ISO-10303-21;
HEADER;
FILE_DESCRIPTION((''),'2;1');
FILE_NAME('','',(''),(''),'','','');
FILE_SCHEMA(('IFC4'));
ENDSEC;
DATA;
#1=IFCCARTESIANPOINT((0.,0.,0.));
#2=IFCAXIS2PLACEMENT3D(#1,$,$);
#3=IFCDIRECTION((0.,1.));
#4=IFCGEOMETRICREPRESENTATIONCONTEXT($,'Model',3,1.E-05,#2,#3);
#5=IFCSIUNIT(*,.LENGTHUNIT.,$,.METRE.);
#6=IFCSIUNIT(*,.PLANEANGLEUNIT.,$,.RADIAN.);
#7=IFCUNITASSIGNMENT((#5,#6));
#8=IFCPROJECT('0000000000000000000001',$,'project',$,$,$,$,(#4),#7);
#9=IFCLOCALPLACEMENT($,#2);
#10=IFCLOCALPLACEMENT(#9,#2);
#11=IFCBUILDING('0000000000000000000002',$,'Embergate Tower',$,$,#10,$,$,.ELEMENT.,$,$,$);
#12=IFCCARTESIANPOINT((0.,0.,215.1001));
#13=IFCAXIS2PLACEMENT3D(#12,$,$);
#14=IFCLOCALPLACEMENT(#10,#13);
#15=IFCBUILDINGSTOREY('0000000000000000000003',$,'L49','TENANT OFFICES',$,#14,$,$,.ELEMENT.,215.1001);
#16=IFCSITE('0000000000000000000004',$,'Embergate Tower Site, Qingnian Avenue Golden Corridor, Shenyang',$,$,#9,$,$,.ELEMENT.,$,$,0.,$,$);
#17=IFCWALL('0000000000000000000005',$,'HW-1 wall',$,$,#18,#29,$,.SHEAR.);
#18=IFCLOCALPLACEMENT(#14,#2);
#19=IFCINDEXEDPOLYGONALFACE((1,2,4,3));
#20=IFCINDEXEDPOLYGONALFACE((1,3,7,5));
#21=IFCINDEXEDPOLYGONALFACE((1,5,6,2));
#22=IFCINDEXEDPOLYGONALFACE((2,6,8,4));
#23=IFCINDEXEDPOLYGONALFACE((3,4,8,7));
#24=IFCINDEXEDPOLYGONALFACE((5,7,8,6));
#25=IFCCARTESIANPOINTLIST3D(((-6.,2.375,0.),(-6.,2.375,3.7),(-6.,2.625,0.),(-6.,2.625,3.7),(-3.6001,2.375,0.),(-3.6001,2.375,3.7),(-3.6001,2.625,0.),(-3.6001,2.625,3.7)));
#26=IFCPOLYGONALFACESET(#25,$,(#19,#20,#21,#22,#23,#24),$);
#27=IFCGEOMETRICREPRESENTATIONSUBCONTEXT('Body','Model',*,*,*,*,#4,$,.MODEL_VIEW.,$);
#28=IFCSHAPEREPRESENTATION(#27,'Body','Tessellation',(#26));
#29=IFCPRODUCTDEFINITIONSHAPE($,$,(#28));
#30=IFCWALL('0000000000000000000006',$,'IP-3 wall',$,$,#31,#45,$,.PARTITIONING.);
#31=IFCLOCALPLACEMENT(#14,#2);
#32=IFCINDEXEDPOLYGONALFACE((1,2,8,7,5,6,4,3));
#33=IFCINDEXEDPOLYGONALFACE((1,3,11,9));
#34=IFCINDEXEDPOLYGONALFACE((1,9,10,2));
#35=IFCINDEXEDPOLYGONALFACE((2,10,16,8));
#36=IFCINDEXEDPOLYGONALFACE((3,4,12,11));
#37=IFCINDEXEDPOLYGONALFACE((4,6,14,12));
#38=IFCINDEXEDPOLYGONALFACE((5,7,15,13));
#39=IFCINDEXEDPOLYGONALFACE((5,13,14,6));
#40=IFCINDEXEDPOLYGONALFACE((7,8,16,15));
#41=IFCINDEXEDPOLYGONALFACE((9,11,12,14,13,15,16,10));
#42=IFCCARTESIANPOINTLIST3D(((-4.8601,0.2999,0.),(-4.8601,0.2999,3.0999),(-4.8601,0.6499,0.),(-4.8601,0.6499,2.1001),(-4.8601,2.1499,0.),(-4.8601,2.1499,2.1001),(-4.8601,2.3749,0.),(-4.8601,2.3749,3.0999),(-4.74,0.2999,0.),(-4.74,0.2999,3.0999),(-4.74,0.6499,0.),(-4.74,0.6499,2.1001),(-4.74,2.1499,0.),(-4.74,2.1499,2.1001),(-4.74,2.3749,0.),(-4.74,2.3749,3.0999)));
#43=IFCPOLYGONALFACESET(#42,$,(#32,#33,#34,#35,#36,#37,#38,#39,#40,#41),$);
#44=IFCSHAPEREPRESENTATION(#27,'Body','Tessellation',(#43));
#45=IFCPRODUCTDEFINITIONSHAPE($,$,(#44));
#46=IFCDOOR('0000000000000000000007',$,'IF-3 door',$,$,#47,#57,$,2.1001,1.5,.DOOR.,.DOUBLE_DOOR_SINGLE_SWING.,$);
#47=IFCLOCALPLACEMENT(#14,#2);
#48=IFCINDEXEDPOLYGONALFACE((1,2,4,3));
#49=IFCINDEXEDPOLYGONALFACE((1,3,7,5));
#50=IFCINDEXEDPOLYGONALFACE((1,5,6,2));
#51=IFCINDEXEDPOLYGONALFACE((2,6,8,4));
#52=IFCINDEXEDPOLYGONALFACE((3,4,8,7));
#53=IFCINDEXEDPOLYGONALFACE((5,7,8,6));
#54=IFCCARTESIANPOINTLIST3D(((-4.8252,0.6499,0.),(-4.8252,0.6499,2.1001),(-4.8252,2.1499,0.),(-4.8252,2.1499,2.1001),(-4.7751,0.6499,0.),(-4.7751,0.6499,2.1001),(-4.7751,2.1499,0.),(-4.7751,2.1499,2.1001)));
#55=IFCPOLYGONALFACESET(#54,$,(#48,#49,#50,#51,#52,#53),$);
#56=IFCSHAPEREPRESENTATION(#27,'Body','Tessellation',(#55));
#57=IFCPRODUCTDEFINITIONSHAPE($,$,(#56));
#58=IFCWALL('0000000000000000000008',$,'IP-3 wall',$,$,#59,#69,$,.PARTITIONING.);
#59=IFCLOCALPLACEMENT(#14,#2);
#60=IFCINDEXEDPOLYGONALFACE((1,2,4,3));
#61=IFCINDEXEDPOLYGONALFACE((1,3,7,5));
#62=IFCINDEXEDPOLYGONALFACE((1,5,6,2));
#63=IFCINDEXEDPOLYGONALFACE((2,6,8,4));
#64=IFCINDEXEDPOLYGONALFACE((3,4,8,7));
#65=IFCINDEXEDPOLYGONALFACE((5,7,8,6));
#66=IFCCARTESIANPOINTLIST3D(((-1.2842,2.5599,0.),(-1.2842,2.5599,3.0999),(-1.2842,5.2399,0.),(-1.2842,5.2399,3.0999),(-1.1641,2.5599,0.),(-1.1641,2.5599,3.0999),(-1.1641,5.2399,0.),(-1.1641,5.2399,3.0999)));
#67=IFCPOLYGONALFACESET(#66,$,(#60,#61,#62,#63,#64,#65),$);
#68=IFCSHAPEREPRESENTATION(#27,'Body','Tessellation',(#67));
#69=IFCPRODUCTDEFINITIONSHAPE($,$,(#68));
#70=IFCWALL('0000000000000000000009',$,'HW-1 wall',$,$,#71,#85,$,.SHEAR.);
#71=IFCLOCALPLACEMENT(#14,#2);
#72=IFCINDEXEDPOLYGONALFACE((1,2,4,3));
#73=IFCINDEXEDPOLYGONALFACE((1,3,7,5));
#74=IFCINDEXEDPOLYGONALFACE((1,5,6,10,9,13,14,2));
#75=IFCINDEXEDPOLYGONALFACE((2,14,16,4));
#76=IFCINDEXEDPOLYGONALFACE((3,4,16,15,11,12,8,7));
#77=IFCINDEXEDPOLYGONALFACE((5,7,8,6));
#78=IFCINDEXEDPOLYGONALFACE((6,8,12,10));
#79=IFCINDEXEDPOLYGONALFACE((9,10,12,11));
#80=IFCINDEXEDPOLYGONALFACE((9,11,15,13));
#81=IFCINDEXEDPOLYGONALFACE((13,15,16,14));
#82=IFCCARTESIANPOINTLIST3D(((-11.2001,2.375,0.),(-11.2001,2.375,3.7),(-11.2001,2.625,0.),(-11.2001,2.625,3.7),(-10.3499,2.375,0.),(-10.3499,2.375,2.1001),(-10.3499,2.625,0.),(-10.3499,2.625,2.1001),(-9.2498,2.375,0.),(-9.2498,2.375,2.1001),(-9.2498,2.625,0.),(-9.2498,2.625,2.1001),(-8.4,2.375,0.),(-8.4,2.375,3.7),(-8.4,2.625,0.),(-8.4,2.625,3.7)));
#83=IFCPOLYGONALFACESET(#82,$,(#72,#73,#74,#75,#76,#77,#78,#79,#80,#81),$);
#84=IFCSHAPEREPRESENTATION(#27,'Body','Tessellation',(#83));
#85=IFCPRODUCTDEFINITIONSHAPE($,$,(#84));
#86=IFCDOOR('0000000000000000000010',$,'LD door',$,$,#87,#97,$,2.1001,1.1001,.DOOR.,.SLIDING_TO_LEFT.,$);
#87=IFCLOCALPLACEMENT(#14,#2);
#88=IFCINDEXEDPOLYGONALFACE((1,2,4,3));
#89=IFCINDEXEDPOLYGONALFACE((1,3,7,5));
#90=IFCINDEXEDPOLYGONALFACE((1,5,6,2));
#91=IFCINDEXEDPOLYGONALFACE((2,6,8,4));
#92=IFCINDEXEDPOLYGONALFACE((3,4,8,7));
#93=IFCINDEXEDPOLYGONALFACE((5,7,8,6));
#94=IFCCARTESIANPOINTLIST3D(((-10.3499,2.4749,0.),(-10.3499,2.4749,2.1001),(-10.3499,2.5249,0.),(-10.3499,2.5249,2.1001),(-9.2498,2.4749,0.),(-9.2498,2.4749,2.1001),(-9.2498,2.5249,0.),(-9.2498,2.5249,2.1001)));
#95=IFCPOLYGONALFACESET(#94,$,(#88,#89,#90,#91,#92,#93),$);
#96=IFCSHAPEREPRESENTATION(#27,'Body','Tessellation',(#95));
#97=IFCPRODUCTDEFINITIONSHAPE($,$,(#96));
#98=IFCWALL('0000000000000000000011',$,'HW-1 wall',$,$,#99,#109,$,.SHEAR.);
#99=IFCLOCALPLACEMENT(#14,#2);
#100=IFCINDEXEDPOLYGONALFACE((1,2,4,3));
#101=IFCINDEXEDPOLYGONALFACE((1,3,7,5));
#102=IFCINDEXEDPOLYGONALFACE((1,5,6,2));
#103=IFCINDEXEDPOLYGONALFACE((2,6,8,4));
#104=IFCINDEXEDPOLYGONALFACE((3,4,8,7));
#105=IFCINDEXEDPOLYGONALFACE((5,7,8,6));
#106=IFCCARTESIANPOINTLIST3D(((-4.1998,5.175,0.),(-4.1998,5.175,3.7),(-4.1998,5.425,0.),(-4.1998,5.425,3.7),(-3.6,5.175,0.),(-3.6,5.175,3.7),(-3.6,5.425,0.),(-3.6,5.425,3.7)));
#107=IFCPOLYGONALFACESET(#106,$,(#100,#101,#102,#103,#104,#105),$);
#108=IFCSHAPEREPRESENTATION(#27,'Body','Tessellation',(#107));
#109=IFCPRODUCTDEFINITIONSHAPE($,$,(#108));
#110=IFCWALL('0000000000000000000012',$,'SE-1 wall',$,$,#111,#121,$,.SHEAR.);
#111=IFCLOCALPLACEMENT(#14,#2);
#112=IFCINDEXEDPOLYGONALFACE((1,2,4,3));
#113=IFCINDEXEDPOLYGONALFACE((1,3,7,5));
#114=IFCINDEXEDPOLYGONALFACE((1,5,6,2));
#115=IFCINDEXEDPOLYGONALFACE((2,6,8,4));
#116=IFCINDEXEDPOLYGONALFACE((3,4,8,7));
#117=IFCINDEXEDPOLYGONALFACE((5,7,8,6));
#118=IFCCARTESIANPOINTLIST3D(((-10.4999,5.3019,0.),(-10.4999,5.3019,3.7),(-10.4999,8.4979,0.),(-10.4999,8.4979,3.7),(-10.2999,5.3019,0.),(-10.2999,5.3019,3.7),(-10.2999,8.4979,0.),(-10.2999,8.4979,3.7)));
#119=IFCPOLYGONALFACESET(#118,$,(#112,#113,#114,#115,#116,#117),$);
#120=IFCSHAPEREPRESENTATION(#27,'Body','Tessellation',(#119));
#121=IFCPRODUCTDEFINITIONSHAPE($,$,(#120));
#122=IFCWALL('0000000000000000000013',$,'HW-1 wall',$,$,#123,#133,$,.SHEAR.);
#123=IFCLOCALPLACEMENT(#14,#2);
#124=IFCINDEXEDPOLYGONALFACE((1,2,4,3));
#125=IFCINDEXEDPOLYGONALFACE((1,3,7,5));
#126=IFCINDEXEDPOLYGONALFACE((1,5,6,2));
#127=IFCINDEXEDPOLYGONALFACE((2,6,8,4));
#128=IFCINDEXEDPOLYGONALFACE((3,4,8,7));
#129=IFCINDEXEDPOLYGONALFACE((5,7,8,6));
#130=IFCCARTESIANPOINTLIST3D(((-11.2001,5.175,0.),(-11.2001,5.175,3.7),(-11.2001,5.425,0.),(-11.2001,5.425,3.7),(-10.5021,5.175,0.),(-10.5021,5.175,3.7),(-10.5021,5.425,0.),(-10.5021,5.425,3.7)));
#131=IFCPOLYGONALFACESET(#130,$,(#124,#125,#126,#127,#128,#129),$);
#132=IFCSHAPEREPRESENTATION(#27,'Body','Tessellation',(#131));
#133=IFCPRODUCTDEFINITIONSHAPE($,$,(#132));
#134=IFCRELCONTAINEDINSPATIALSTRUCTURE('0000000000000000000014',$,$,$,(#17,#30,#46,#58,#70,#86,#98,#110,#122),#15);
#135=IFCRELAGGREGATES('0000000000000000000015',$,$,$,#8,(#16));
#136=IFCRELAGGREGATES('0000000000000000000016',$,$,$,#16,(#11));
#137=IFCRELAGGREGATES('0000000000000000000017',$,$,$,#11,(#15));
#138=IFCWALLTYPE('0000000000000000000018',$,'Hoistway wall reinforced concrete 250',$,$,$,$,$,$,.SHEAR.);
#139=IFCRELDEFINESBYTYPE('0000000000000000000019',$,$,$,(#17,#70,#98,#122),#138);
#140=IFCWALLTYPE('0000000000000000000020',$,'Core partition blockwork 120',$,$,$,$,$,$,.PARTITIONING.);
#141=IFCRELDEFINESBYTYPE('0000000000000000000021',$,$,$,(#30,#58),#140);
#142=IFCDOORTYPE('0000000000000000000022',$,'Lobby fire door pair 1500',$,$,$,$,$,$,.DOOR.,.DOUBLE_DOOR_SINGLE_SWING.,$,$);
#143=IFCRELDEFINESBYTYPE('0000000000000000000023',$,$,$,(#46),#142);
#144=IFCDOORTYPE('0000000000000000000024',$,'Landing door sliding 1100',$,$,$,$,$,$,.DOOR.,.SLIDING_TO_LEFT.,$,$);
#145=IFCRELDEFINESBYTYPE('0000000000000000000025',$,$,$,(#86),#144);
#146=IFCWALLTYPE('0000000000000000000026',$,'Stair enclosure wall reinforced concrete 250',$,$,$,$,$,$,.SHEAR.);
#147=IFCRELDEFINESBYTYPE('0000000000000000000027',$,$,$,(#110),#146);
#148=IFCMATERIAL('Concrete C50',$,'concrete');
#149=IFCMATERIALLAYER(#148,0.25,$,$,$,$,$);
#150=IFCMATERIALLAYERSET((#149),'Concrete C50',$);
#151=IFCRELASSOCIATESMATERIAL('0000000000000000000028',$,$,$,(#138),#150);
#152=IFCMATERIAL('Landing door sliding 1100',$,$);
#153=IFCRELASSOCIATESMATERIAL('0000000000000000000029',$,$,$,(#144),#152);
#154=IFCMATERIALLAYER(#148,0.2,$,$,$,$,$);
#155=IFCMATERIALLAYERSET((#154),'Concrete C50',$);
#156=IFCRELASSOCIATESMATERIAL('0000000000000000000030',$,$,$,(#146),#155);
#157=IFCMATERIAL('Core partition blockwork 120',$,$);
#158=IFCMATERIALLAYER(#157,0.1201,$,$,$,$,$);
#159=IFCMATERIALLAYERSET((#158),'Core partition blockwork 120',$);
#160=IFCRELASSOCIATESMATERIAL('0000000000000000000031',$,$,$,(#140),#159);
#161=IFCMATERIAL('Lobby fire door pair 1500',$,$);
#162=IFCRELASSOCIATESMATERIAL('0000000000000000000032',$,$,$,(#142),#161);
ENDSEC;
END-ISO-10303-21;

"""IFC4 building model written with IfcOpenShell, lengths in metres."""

from ifc_helpers import new_model, si_unit, direction, frame, frame_2d, origin, place, context, subcontext, project, spatial, rectangle, extrude, source, transform, mapped, material, layer, layer_set, type_object, element, fill, save


model = new_model("IFC4")

# Units and contexts
model_context = context("Model", 3, precision=1e-05, world=origin(), true_north=direction((0.0, 1.0)))
body_context = subcontext(model_context, "Body", "Model", "MODEL_VIEW")
ifc_project = project(units=[si_unit("LENGTHUNIT", "METRE"), si_unit("PLANEANGLEUNIT", "RADIAN")], contexts=[model_context])

# Site, building, storey
site_placement = place(None, origin())
site = spatial("IfcSite", under=ifc_project, at=site_placement, Name="Embergate Tower Site, Qingnian Avenue Golden Corridor, Shenyang", CompositionType="ELEMENT", RefElevation=0.0)
building_placement = place(site_placement, origin())
building = spatial("IfcBuilding", under=site, at=building_placement, Name="Embergate Tower", CompositionType="ELEMENT")
storey_placement = place(building_placement, frame((0.0, 0.0, 215.1001)))
storey = spatial("IfcBuildingStorey", under=building, at=storey_placement, Name="L49", Description="TENANT OFFICES", CompositionType="ELEMENT", Elevation=215.1001)

# Shared definitions
ifc_material_1 = material(Name="Concrete C50", Category="concrete")
ifc_layer_1 = layer(ifc_material_1, 0.25)
ifc_layer_set_1 = layer_set([ifc_layer_1], Name="Concrete C50")
wall_type_1 = type_object("IfcWallType", Name="Hoistway wall reinforced concrete 250", PredefinedType="SHEAR", material=ifc_layer_set_1)

# Shared definitions
shared_shape_1 = source(origin(), body_context, "Body", "SweptSolid", [
    extrude(rectangle(XDim=1.1001, YDim=2.1001, at=frame_2d((0.55, 1.05))), frame((0.0, 0.135, 0.0), z_axis=(0.0, -1.0, 0.0), x_axis=(1.0, 0.0, 0.0)), (0.0, 0.0, 1.0), 0.27),
])
ifc_material_2 = material(Name="Landing door sliding 1100")
door_type_1 = type_object("IfcDoorType", Name="Landing door sliding 1100", OperationType="SLIDING_TO_LEFT", PredefinedType="DOOR", material=ifc_material_2)
shared_shape_2 = source(origin(), body_context, "Body", "SweptSolid", [
    extrude(rectangle(XDim=1.1001, YDim=2.1001, at=frame_2d((0.55, 1.05))), frame((0.0, 0.0249, 0.0), z_axis=(0.0, -1.0, 0.0), x_axis=(1.0, 0.0, 0.0)), (0.0, 0.0, 1.0), 0.05),
])

# Shared definitions
ifc_layer_2 = layer(ifc_material_1, 0.2)
ifc_layer_set_2 = layer_set([ifc_layer_2], Name="Concrete C50")
wall_type_2 = type_object("IfcWallType", Name="Stair enclosure wall reinforced concrete 250", PredefinedType="SHEAR", material=ifc_layer_set_2)

# Wall
shared_shape_3 = source(origin(), body_context, "Body", "SweptSolid", [
    extrude(rectangle(XDim=2.3999, YDim=0.25, at=frame_2d((1.2, 0.0))), origin(), (0.0, 0.0, 1.0), 3.7),
])
wall_1_placement = place(storey_placement, frame((-6.0, 2.5, 0.0), z_axis=(0.0, 0.0, 1.0), x_axis=(1.0, 0.0, 0.0)))
element("IfcWall", 1, at=wall_1_placement, inside=storey, type_object=wall_type_1, Name="HW-1 wall", PredefinedType="SHEAR", context=body_context, shape_type="MappedRepresentation", body=[
    mapped(shared_shape_3, transform((0.0, 0.0, 0.0))),
])

# Wall, opening, door
ifc_material_3 = material(Name="Core partition blockwork 120")
ifc_layer_3 = layer(ifc_material_3, 0.1201)
ifc_layer_set_3 = layer_set([ifc_layer_3], Name="Core partition blockwork 120")
wall_type_3 = type_object("IfcWallType", Name="Core partition blockwork 120", PredefinedType="PARTITIONING", material=ifc_layer_set_3)
shared_shape_4 = source(origin(), body_context, "Body", "SweptSolid", [
    extrude(rectangle(XDim=2.075, YDim=0.1201, at=frame_2d((1.0376, 0.0))), origin(), (0.0, 0.0, 1.0), 3.0999),
])
wall_2_placement = place(storey_placement, frame((-4.8, 2.375, 0.0), z_axis=(0.0, 0.0, 1.0), x_axis=(0.0, -1.0, 0.0)))
wall_2 = element("IfcWall", 2, at=wall_2_placement, inside=storey, type_object=wall_type_3, Name="IP-3 wall", PredefinedType="PARTITIONING", context=body_context, shape_type="MappedRepresentation", body=[
    mapped(shared_shape_4, transform((0.0, 0.0, 0.0))),
])
shared_shape_5 = source(origin(), body_context, "Body", "SweptSolid", [
    extrude(rectangle(XDim=1.5, YDim=2.1001, at=frame_2d((0.75, 1.05))), frame((0.0, 0.0701, 0.0), z_axis=(0.0, -1.0, 0.0), x_axis=(1.0, 0.0, 0.0)), (0.0, 0.0, 1.0), 0.1401),
])
opening_1_placement = place(wall_2_placement, frame((0.2251, 0.0, 0.0)))
opening_1 = element("IfcOpeningElement", 3, at=opening_1_placement, cuts=wall_2, PredefinedType="OPENING", context=body_context, shape_type="MappedRepresentation", body=[
    mapped(shared_shape_5, transform((0.0, 0.0, 0.0))),
])
ifc_material_4 = material(Name="Lobby fire door pair 1500")
door_type_2 = type_object("IfcDoorType", Name="Lobby fire door pair 1500", OperationType="DOUBLE_DOOR_SINGLE_SWING", PredefinedType="DOOR", material=ifc_material_4)
shared_shape_6 = source(origin(), body_context, "Body", "SweptSolid", [
    extrude(rectangle(XDim=1.5, YDim=2.1001, at=frame_2d((0.75, 1.05))), frame((0.0, 0.0249, 0.0), z_axis=(0.0, -1.0, 0.0), x_axis=(1.0, 0.0, 0.0)), (0.0, 0.0, 1.0), 0.05),
])
door_1_placement = place(opening_1_placement, origin())
door_1 = element("IfcDoor", 4, at=door_1_placement, inside=storey, type_object=door_type_2, Name="IF-3 door", OperationType="DOUBLE_DOOR_SINGLE_SWING", OverallHeight=2.1001, OverallWidth=1.5, PredefinedType="DOOR", context=body_context, shape_type="MappedRepresentation", body=[
    mapped(shared_shape_6, transform((0.0, 0.0, 0.0))),
])
fill(opening_1, door_1)

# Wall
shared_shape_7 = source(origin(), body_context, "Body", "SweptSolid", [
    extrude(rectangle(XDim=2.6799, YDim=0.1201, at=frame_2d((1.3398, 0.0))), origin(), (0.0, 0.0, 1.0), 3.0999),
])
wall_3_placement = place(storey_placement, frame((-1.2241, 2.5601, 0.0), z_axis=(0.0, 0.0, 1.0), x_axis=(0.0, 1.0, 0.0)))
element("IfcWall", 5, at=wall_3_placement, inside=storey, type_object=wall_type_3, Name="IP-3 wall", PredefinedType="PARTITIONING", context=body_context, shape_type="MappedRepresentation", body=[
    mapped(shared_shape_7, transform((0.0, 0.0, 0.0))),
])

# Wall, opening, door
shared_shape_8 = source(origin(), body_context, "Body", "SweptSolid", [
    extrude(rectangle(XDim=2.8, YDim=0.25, at=frame_2d((1.3999, 0.0))), origin(), (0.0, 0.0, 1.0), 3.7),
])
wall_4_placement = place(storey_placement, frame((-11.2, 2.5, 0.0), z_axis=(0.0, 0.0, 1.0), x_axis=(1.0, 0.0, 0.0)))
wall_4 = element("IfcWall", 6, at=wall_4_placement, inside=storey, type_object=wall_type_1, Name="HW-1 wall", PredefinedType="SHEAR", context=body_context, shape_type="MappedRepresentation", body=[
    mapped(shared_shape_8, transform((0.0, 0.0, 0.0))),
])
opening_2_placement = place(wall_4_placement, frame((0.8501, 0.0, 0.0)))
opening_2 = element("IfcOpeningElement", 7, at=opening_2_placement, cuts=wall_4, PredefinedType="OPENING", context=body_context, shape_type="MappedRepresentation", body=[
    mapped(shared_shape_1, transform((0.0, 0.0, 0.0))),
])
door_2_placement = place(opening_2_placement, origin())
door_2 = element("IfcDoor", 8, at=door_2_placement, inside=storey, type_object=door_type_1, Name="LD door", OperationType="SLIDING_TO_LEFT", OverallHeight=2.1001, OverallWidth=1.1001, PredefinedType="DOOR", context=body_context, shape_type="MappedRepresentation", body=[
    mapped(shared_shape_2, transform((0.0, 0.0, 0.0))),
])
fill(opening_2, door_2)

# Walls
shared_shape_9 = source(origin(), body_context, "Body", "SweptSolid", [
    extrude(rectangle(XDim=0.5999, YDim=0.25, at=frame_2d((0.2998, 0.0))), origin(), (0.0, 0.0, 1.0), 3.7),
])
wall_5_placement = place(storey_placement, frame((-3.6001, 5.3, 0.0), z_axis=(0.0, 0.0, 1.0), x_axis=(-1.0, 0.0, 0.0)))
element("IfcWall", 9, at=wall_5_placement, inside=storey, type_object=wall_type_1, Name="HW-1 wall", PredefinedType="SHEAR", context=body_context, shape_type="MappedRepresentation", body=[
    mapped(shared_shape_9, transform((0.0, 0.0, 0.0))),
])
shared_shape_10 = source(origin(), body_context, "Body", "SweptSolid", [
    extrude(rectangle(XDim=3.196, YDim=0.2, at=frame_2d((1.5981, 0.0))), origin(), (0.0, 0.0, 1.0), 3.7),
])
wall_6_placement = place(storey_placement, frame((-10.3999, 8.498, 0.0), z_axis=(0.0, 0.0, 1.0), x_axis=(0.0, -1.0, 0.0)))
element("IfcWall", 10, at=wall_6_placement, inside=storey, type_object=wall_type_2, Name="SE-1 wall", PredefinedType="SHEAR", context=body_context, shape_type="MappedRepresentation", body=[
    mapped(shared_shape_10, transform((0.0, 0.0, 0.0))),
])
shared_shape_11 = source(origin(), body_context, "Body", "SweptSolid", [
    extrude(rectangle(XDim=0.698, YDim=0.25, at=frame_2d((0.3491, 0.0))), origin(), (0.0, 0.0, 1.0), 3.7),
])
wall_7_placement = place(storey_placement, frame((-10.502, 5.3, 0.0), z_axis=(0.0, 0.0, 1.0), x_axis=(-1.0, 0.0, 0.0)))
element("IfcWall", 11, at=wall_7_placement, inside=storey, type_object=wall_type_1, Name="HW-1 wall", PredefinedType="SHEAR", context=body_context, shape_type="MappedRepresentation", body=[
    mapped(shared_shape_11, transform((0.0, 0.0, 0.0))),
])

save(model, "model.ifc")
